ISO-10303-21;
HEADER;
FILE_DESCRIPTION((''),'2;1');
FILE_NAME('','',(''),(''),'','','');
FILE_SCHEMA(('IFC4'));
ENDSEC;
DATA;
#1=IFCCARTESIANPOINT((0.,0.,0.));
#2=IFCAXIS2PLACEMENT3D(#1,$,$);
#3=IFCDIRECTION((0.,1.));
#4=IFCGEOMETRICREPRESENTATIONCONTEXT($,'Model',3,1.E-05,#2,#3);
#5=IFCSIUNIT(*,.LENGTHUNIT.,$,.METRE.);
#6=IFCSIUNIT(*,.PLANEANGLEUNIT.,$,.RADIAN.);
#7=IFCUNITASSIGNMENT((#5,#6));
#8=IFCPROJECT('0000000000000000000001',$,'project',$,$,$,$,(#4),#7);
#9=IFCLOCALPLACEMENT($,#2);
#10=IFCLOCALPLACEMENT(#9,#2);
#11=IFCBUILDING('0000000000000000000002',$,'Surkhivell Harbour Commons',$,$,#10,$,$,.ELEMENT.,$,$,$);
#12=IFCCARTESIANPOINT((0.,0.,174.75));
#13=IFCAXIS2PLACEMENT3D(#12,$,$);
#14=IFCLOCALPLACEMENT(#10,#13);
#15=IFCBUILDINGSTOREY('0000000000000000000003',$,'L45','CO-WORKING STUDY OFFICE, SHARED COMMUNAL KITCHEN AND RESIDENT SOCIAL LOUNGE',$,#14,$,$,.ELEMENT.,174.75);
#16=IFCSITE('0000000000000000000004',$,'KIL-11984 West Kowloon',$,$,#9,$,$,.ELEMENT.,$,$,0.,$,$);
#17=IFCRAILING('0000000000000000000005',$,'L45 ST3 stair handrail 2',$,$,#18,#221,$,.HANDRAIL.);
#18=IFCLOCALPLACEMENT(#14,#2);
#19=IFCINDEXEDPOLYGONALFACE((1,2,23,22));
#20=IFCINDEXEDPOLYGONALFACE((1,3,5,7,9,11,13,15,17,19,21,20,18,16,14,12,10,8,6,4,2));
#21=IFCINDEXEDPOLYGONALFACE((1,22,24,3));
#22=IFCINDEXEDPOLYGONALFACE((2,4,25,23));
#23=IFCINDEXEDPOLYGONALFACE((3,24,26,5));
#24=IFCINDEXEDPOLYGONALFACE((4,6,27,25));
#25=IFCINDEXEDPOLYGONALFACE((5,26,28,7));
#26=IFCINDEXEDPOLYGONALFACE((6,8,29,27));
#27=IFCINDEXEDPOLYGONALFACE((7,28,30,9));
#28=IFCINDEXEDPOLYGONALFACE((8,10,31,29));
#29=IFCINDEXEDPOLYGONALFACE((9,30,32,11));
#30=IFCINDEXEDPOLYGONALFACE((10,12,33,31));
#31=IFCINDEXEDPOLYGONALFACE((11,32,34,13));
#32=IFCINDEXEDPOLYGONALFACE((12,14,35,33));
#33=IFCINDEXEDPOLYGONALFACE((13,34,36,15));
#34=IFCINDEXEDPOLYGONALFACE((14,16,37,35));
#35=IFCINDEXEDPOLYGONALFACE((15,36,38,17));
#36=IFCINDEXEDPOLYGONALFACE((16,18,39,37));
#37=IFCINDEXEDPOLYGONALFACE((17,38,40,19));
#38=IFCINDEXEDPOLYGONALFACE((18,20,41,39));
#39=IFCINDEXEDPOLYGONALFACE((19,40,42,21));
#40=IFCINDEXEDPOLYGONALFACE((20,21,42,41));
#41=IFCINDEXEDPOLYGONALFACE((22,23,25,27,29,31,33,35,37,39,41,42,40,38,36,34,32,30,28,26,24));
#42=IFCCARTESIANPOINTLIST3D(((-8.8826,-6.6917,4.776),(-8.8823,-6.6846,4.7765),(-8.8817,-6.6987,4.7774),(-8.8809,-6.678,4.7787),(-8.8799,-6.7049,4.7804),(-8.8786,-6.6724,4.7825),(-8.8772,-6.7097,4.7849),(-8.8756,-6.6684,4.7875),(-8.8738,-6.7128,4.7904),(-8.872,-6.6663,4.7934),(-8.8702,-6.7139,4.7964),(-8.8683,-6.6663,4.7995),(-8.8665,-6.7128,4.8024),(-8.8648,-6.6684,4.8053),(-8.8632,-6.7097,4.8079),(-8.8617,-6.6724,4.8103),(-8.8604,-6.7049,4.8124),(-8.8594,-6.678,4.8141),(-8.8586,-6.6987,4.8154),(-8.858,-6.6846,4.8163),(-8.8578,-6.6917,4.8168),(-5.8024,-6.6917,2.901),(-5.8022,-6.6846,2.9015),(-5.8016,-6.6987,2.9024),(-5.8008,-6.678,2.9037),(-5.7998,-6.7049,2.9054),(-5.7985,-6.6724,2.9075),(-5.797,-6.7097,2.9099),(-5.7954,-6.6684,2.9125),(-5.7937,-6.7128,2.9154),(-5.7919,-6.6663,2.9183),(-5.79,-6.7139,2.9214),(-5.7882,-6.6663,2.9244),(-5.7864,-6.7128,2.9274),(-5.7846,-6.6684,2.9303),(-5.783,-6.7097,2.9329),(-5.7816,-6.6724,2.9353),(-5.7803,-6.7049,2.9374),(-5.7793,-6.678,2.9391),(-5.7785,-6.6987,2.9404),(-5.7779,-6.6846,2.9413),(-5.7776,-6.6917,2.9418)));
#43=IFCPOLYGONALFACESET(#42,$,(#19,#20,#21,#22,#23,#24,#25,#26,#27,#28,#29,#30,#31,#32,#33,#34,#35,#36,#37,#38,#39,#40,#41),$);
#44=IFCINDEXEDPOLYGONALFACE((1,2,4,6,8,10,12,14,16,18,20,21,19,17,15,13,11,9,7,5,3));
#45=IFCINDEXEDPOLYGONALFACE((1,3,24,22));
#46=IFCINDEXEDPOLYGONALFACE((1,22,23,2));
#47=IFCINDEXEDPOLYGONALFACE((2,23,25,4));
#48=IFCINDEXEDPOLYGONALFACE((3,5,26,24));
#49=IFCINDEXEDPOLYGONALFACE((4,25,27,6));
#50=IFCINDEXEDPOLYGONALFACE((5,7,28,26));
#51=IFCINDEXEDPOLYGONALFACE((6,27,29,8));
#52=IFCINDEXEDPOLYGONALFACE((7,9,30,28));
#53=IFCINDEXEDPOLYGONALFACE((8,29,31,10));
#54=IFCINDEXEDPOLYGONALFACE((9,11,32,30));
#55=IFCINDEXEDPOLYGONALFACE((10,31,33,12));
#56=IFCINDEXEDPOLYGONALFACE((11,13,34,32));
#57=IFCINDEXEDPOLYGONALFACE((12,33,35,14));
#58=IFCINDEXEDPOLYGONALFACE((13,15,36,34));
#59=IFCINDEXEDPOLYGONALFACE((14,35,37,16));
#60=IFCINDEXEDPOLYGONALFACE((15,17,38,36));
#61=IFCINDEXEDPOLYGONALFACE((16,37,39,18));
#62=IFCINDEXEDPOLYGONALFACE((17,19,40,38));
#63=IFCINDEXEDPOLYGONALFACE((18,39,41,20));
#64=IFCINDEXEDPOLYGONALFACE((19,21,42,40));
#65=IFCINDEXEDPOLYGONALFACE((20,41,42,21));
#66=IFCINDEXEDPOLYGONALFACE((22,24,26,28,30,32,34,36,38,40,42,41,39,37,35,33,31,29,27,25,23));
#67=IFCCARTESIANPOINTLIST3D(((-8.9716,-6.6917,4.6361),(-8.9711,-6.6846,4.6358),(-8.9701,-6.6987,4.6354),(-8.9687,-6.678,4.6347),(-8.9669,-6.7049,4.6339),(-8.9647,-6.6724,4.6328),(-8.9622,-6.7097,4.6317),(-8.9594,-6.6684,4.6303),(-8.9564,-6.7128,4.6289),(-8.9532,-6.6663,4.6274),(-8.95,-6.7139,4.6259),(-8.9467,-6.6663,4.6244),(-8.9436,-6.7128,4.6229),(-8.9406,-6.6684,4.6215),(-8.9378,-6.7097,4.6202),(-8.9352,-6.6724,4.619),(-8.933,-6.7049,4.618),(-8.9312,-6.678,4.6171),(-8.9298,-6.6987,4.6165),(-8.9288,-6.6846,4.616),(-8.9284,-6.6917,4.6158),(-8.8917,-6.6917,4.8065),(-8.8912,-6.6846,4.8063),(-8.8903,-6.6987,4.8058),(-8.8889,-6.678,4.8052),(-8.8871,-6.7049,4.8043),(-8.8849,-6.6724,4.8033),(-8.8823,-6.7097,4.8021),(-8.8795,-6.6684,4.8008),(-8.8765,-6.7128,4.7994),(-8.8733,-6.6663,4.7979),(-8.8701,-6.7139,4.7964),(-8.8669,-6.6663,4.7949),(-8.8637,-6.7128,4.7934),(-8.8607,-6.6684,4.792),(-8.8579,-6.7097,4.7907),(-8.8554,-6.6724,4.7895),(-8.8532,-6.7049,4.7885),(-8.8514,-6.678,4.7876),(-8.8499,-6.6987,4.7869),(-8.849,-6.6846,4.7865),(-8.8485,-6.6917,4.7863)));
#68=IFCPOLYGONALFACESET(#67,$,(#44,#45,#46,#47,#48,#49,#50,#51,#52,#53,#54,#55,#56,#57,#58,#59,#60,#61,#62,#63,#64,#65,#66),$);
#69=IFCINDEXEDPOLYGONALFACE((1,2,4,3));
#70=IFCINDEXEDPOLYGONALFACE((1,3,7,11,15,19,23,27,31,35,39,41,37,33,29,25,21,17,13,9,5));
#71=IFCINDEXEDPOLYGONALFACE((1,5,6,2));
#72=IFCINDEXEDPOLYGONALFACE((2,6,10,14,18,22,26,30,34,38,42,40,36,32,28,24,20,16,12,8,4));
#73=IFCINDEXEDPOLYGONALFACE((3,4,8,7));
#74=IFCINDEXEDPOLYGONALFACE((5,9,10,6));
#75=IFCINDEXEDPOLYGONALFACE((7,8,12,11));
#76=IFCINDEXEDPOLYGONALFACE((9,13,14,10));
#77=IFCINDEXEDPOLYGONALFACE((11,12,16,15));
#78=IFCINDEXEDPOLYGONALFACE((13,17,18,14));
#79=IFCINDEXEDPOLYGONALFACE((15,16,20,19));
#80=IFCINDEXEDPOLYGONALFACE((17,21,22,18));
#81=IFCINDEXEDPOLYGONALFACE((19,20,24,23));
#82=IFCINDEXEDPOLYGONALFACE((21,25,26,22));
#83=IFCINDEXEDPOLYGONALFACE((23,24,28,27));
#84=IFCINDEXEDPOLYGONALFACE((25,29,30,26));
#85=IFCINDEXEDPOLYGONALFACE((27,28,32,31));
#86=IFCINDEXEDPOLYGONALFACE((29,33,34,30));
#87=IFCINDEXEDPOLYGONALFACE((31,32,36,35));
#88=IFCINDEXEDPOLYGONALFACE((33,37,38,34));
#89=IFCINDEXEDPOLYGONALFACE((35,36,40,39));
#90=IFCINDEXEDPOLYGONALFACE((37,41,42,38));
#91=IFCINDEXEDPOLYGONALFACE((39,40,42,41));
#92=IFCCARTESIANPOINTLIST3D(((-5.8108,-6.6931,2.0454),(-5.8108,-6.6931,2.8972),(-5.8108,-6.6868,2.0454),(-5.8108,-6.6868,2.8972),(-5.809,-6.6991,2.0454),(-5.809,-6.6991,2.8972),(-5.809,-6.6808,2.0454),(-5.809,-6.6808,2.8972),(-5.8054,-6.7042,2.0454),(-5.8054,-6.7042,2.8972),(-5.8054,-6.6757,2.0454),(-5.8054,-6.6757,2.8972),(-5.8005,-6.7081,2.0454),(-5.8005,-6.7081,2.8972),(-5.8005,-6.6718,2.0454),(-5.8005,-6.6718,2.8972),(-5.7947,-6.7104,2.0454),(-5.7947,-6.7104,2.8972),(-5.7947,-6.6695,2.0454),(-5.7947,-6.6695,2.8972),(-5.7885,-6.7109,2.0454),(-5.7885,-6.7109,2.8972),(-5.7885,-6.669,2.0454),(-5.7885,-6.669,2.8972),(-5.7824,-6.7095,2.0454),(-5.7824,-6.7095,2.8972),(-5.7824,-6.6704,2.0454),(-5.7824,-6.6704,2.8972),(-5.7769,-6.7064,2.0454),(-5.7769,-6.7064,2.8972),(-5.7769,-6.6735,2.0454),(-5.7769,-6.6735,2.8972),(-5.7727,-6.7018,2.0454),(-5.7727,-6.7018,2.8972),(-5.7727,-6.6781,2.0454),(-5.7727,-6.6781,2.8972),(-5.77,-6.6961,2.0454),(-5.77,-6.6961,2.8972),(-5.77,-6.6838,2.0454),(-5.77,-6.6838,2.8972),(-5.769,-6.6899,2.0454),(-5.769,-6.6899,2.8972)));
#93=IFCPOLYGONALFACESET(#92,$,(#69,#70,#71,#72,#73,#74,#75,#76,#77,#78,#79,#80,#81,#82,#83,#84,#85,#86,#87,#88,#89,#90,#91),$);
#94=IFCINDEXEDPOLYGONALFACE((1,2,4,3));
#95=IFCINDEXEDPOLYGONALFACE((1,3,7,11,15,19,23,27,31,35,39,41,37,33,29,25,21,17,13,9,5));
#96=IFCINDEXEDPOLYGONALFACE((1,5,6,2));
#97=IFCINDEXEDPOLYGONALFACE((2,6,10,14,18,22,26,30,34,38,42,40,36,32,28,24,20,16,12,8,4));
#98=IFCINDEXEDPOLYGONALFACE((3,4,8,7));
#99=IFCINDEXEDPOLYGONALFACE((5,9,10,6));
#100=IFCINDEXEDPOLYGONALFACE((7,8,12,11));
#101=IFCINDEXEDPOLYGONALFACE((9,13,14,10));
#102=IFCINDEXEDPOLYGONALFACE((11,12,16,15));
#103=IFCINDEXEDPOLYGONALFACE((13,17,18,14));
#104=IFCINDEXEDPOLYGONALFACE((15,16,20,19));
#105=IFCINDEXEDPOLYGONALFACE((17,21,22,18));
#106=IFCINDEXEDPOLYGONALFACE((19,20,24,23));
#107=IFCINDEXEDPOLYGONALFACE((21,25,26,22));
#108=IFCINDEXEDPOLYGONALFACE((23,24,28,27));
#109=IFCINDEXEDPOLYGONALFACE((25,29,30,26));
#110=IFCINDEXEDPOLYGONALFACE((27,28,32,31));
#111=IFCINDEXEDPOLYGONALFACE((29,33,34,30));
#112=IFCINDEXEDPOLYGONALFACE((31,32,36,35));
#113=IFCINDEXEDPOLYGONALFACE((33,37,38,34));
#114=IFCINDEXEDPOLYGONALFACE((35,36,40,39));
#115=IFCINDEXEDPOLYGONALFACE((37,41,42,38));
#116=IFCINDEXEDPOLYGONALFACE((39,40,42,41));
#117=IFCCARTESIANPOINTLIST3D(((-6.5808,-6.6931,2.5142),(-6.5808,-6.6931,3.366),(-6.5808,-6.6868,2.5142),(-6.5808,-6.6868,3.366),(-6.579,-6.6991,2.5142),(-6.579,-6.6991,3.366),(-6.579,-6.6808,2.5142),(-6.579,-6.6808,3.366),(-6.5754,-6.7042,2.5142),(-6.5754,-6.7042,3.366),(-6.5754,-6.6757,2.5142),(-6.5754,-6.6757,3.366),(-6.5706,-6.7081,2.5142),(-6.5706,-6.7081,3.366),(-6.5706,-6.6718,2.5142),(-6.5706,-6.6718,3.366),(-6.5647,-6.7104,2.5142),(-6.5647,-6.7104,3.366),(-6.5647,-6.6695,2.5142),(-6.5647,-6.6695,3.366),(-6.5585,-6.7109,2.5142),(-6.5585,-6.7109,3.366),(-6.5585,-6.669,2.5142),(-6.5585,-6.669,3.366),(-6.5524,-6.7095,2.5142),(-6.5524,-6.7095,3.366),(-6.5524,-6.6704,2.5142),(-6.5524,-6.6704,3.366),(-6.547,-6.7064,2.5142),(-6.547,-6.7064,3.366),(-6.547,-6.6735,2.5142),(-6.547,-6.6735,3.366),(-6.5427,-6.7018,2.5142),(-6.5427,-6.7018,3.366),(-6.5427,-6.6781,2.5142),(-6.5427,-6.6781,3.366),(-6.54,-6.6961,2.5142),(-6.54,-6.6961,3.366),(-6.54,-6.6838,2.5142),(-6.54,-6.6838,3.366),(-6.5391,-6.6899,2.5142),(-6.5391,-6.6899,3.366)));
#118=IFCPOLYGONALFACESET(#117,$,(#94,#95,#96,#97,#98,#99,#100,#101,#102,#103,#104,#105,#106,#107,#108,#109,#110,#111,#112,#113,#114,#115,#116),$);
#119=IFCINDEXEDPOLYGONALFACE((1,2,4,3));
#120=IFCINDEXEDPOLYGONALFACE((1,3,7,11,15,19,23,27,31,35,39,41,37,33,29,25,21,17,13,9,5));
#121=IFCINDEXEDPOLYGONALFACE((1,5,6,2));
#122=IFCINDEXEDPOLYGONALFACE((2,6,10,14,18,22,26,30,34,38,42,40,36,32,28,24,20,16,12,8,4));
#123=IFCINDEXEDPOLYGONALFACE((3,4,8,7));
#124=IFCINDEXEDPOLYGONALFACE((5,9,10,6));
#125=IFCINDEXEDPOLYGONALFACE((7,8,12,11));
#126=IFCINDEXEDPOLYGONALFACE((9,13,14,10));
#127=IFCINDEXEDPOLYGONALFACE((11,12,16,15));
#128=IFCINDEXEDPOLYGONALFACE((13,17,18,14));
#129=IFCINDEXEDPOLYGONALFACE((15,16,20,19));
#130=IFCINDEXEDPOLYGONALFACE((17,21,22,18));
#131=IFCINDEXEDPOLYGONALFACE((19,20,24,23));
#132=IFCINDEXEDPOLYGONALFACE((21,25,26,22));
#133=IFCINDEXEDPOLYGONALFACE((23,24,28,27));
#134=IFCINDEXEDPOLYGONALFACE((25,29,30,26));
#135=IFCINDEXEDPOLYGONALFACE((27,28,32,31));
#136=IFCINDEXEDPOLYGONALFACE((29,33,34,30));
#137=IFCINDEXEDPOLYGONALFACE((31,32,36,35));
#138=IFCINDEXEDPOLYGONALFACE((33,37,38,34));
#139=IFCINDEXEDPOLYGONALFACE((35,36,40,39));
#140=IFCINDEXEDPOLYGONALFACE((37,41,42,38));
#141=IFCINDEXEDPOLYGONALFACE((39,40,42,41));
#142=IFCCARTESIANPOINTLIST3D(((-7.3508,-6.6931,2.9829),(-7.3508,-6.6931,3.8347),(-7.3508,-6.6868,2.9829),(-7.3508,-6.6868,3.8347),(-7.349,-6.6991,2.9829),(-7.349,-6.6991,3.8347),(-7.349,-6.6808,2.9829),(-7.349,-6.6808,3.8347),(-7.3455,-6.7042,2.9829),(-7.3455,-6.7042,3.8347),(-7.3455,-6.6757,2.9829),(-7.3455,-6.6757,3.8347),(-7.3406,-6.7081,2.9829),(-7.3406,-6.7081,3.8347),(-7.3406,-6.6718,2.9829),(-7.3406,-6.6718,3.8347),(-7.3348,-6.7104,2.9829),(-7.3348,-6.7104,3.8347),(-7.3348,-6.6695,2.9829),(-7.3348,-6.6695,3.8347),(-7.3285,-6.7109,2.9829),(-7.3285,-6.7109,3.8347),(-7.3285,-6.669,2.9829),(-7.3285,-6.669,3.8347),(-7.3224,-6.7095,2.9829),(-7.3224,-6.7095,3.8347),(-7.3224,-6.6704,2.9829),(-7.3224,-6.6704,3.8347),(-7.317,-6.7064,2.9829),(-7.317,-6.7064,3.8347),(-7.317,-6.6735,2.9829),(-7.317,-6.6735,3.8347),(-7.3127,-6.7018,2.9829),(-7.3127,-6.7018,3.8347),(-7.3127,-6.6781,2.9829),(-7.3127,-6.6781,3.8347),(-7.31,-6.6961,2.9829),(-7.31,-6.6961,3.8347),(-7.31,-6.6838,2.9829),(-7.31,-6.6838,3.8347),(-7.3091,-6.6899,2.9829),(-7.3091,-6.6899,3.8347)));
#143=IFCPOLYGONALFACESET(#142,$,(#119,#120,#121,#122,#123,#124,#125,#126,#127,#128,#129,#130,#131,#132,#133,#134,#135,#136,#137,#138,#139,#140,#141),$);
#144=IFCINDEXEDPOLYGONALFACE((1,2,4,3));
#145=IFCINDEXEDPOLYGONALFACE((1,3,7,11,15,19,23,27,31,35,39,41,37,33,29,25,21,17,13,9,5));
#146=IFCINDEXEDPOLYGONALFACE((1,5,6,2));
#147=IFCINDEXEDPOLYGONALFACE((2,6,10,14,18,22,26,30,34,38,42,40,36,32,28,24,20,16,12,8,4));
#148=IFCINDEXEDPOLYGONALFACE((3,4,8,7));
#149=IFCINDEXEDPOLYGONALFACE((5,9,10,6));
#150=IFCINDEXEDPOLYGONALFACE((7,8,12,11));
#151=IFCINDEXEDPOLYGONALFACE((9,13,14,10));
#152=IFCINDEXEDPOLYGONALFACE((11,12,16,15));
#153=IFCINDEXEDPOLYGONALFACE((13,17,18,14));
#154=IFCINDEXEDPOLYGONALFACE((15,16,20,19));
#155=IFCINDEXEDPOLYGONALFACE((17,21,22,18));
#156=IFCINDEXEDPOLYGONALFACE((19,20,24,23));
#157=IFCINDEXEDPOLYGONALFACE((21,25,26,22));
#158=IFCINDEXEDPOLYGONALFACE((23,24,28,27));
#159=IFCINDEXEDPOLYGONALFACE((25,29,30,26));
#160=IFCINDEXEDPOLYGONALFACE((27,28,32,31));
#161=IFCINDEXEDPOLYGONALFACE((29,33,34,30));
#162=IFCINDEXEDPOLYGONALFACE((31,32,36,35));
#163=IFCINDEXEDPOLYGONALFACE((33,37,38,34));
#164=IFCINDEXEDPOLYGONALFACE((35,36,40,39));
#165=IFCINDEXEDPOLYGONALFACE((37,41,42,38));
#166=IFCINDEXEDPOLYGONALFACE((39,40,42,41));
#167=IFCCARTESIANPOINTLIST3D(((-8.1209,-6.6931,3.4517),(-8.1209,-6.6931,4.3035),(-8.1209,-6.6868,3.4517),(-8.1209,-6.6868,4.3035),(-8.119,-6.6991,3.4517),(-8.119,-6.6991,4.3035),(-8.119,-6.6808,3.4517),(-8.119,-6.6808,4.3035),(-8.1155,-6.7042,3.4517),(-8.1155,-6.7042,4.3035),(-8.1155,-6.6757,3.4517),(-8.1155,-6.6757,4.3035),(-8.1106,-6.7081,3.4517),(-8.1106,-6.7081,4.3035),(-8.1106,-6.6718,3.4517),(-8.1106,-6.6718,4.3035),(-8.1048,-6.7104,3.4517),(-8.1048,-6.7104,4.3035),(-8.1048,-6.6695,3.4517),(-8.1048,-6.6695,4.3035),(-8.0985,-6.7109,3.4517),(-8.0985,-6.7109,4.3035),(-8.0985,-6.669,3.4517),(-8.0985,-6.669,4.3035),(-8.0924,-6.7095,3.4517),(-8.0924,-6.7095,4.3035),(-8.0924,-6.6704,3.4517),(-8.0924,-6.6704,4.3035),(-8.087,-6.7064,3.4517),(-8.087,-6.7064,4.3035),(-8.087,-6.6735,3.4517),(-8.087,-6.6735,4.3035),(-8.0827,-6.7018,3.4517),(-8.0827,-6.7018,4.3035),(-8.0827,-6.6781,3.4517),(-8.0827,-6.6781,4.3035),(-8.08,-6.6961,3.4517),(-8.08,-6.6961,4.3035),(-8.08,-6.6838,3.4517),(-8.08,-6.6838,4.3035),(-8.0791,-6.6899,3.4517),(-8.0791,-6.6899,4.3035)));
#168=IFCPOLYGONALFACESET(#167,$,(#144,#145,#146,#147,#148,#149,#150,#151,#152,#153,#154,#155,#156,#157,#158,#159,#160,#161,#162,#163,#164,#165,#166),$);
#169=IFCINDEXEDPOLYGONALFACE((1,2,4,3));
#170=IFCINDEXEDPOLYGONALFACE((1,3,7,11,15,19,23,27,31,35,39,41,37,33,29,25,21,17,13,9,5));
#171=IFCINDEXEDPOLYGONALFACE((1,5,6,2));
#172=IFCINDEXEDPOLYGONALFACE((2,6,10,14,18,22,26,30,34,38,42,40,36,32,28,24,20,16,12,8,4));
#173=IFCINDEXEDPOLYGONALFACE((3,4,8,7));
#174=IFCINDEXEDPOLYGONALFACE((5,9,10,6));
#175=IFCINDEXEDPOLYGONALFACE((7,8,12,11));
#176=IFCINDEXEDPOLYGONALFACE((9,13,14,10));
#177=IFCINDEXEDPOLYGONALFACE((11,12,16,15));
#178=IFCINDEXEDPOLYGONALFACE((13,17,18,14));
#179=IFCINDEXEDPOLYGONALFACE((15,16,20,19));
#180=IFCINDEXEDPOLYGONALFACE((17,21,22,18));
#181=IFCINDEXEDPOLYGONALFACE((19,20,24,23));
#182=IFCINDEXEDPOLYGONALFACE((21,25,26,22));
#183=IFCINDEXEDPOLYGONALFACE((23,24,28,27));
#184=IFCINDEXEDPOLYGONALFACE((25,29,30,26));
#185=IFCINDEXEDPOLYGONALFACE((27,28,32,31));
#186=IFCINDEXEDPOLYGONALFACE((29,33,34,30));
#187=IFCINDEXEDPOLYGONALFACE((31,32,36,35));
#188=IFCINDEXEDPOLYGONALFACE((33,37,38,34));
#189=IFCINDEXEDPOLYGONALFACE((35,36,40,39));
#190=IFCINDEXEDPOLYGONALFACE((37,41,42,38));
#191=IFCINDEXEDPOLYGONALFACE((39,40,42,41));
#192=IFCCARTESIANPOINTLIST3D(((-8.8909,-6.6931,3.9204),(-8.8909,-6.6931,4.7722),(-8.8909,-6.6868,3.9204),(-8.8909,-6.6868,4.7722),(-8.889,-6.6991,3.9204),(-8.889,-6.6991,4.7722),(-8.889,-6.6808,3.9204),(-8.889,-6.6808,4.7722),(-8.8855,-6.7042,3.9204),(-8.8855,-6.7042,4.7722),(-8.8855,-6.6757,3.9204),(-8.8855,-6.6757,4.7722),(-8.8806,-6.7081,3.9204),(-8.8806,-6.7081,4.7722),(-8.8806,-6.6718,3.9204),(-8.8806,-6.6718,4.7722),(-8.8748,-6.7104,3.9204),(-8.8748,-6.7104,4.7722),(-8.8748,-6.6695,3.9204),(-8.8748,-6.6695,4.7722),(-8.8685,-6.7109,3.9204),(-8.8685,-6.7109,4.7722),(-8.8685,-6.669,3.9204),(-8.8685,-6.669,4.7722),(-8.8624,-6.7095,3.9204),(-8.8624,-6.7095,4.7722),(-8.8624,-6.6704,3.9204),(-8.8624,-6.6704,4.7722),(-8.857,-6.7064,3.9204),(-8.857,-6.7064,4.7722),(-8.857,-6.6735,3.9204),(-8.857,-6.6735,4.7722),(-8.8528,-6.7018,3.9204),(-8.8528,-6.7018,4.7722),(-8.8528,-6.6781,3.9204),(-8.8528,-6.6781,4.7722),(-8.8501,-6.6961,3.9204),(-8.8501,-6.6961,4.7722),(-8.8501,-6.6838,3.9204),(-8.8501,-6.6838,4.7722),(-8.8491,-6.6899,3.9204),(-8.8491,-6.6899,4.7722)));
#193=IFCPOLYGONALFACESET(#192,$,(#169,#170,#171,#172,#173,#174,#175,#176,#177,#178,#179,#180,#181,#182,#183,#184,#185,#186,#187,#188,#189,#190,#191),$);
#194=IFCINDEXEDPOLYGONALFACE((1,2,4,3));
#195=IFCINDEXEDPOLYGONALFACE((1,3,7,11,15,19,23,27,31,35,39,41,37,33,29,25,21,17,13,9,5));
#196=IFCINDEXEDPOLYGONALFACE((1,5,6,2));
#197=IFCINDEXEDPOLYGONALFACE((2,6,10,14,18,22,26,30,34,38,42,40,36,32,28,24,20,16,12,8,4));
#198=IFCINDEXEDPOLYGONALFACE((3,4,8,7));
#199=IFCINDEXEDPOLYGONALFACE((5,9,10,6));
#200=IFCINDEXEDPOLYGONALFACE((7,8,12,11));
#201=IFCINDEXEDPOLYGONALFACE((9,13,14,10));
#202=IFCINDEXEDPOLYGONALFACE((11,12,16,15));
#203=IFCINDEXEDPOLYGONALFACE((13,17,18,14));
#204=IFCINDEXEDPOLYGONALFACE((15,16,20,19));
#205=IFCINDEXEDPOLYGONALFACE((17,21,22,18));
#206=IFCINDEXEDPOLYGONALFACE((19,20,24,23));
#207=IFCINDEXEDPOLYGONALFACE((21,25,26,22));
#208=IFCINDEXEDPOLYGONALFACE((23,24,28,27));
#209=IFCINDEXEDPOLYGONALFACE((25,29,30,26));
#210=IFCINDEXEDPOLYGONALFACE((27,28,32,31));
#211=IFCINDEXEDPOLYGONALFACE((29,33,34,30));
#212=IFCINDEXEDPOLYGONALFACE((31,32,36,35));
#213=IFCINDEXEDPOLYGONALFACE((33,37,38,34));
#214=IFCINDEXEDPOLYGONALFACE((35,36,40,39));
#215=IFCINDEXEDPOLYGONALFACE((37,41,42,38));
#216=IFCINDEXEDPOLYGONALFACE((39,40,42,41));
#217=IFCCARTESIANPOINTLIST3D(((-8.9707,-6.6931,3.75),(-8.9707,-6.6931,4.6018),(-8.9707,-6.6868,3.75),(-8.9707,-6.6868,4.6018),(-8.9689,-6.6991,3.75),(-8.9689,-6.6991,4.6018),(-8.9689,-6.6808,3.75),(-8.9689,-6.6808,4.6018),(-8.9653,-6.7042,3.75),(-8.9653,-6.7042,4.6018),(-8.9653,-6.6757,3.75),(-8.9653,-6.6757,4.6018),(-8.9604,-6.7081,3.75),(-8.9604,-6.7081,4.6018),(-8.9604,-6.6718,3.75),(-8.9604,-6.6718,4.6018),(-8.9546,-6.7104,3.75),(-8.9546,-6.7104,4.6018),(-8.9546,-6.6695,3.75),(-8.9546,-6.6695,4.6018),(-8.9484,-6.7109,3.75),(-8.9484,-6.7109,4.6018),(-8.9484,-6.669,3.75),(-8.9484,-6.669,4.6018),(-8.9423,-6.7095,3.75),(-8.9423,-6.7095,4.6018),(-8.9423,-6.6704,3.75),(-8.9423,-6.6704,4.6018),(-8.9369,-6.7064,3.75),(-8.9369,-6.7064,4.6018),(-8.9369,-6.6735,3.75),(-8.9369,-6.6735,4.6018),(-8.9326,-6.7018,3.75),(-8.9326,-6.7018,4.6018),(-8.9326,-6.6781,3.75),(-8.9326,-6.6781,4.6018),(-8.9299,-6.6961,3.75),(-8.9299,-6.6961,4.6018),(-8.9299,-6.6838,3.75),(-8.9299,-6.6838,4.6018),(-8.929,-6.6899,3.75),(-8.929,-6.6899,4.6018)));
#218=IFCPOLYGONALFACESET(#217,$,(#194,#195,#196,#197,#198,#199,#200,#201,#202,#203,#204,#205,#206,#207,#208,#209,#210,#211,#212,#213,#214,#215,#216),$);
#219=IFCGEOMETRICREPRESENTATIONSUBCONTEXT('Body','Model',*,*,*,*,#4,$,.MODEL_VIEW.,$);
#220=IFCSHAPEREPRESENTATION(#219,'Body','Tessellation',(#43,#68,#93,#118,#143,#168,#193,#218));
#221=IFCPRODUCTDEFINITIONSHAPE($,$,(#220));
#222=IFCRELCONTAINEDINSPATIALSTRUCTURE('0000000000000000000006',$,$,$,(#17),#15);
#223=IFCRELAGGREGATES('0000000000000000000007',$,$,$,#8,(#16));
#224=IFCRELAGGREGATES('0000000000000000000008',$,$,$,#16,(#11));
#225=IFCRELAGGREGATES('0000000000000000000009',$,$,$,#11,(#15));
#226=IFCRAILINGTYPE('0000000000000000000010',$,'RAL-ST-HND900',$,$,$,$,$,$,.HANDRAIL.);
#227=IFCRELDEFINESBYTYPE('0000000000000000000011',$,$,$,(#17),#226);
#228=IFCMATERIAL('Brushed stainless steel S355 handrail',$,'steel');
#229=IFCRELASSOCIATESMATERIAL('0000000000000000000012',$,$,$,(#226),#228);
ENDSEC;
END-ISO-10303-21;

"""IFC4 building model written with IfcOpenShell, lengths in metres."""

from ifc_helpers import new_model, si_unit, direction, frame, origin, origin_2d, place, context, subcontext, project, spatial, circle, extrude, material, type_object, element, save


model = new_model("IFC4")

# Units and contexts
model_context = context("Model", 3, precision=1e-05, world=origin(), true_north=direction((0.0, 1.0)))
body_context = subcontext(model_context, "Body", "Model", "MODEL_VIEW")
ifc_project = project(units=[si_unit("LENGTHUNIT", "METRE"), si_unit("PLANEANGLEUNIT", "RADIAN")], contexts=[model_context])

# Site, building, storey
site_placement = place(None, origin())
site = spatial("IfcSite", under=ifc_project, at=site_placement, Name="KIL-11984 West Kowloon", CompositionType="ELEMENT", RefElevation=0.0)
building_placement = place(site_placement, origin())
building = spatial("IfcBuilding", under=site, at=building_placement, Name="Surkhivell Harbour Commons", CompositionType="ELEMENT")
storey_placement = place(building_placement, frame((0.0, 0.0, 174.75)))
storey = spatial("IfcBuildingStorey", under=building, at=storey_placement, Name="L45", Description="CO-WORKING STUDY OFFICE, SHARED COMMUNAL KITCHEN AND RESIDENT SOCIAL LOUNGE", CompositionType="ELEMENT", Elevation=174.75)

# Railing
ifc_material_1 = material(Name="Brushed stainless steel S355 handrail", Category="steel")
railing_type_1 = type_object("IfcRailingType", Name="RAL-ST-HND900", PredefinedType="HANDRAIL", material=ifc_material_1)
railing_1_placement = place(storey_placement, frame((-5.79, -6.6899, 2.0454)))
element("IfcRailing", 1, at=railing_1_placement, inside=storey, type_object=railing_type_1, Name="L45 ST3 stair handrail 2", PredefinedType="HANDRAIL", context=body_context, shape_type="SweptSolid", body=[
    extrude(circle(Radius=0.0239, at=origin_2d()), frame((0.0, 0.0, 0.876), z_axis=(-0.854178, 0.0, 0.519981), x_axis=(0.0, -1.0, 0.0)), (0.0, 0.0, 1.0), 3.606),
    extrude(circle(Radius=0.0239, at=origin_2d()), frame((-3.0801, 0.0, 2.751), z_axis=(-0.424234, 0.0, -0.905552), x_axis=(0.0, -1.0, 0.0)), (0.0, 0.0, 1.0), 0.1882),
    extrude(circle(Radius=0.021, at=origin_2d()), origin(), (0.0, 0.0, 1.0), 0.8518),
    extrude(circle(Radius=0.021, at=origin_2d()), frame((-0.77, 0.0, 0.4688)), (0.0, 0.0, 1.0), 0.8518),
    extrude(circle(Radius=0.021, at=origin_2d()), frame((-1.54, 0.0, 0.9375)), (0.0, 0.0, 1.0), 0.8518),
    extrude(circle(Radius=0.021, at=origin_2d()), frame((-2.3101, 0.0, 1.4062)), (0.0, 0.0, 1.0), 0.8518),
    extrude(circle(Radius=0.021, at=origin_2d()), frame((-3.0801, 0.0, 1.875)), (0.0, 0.0, 1.0), 0.8518),
    extrude(circle(Radius=0.021, at=origin_2d()), frame((-3.1599, 0.0, 1.7046)), (0.0, 0.0, 1.0), 0.8518),
])

save(model, "model.ifc")
